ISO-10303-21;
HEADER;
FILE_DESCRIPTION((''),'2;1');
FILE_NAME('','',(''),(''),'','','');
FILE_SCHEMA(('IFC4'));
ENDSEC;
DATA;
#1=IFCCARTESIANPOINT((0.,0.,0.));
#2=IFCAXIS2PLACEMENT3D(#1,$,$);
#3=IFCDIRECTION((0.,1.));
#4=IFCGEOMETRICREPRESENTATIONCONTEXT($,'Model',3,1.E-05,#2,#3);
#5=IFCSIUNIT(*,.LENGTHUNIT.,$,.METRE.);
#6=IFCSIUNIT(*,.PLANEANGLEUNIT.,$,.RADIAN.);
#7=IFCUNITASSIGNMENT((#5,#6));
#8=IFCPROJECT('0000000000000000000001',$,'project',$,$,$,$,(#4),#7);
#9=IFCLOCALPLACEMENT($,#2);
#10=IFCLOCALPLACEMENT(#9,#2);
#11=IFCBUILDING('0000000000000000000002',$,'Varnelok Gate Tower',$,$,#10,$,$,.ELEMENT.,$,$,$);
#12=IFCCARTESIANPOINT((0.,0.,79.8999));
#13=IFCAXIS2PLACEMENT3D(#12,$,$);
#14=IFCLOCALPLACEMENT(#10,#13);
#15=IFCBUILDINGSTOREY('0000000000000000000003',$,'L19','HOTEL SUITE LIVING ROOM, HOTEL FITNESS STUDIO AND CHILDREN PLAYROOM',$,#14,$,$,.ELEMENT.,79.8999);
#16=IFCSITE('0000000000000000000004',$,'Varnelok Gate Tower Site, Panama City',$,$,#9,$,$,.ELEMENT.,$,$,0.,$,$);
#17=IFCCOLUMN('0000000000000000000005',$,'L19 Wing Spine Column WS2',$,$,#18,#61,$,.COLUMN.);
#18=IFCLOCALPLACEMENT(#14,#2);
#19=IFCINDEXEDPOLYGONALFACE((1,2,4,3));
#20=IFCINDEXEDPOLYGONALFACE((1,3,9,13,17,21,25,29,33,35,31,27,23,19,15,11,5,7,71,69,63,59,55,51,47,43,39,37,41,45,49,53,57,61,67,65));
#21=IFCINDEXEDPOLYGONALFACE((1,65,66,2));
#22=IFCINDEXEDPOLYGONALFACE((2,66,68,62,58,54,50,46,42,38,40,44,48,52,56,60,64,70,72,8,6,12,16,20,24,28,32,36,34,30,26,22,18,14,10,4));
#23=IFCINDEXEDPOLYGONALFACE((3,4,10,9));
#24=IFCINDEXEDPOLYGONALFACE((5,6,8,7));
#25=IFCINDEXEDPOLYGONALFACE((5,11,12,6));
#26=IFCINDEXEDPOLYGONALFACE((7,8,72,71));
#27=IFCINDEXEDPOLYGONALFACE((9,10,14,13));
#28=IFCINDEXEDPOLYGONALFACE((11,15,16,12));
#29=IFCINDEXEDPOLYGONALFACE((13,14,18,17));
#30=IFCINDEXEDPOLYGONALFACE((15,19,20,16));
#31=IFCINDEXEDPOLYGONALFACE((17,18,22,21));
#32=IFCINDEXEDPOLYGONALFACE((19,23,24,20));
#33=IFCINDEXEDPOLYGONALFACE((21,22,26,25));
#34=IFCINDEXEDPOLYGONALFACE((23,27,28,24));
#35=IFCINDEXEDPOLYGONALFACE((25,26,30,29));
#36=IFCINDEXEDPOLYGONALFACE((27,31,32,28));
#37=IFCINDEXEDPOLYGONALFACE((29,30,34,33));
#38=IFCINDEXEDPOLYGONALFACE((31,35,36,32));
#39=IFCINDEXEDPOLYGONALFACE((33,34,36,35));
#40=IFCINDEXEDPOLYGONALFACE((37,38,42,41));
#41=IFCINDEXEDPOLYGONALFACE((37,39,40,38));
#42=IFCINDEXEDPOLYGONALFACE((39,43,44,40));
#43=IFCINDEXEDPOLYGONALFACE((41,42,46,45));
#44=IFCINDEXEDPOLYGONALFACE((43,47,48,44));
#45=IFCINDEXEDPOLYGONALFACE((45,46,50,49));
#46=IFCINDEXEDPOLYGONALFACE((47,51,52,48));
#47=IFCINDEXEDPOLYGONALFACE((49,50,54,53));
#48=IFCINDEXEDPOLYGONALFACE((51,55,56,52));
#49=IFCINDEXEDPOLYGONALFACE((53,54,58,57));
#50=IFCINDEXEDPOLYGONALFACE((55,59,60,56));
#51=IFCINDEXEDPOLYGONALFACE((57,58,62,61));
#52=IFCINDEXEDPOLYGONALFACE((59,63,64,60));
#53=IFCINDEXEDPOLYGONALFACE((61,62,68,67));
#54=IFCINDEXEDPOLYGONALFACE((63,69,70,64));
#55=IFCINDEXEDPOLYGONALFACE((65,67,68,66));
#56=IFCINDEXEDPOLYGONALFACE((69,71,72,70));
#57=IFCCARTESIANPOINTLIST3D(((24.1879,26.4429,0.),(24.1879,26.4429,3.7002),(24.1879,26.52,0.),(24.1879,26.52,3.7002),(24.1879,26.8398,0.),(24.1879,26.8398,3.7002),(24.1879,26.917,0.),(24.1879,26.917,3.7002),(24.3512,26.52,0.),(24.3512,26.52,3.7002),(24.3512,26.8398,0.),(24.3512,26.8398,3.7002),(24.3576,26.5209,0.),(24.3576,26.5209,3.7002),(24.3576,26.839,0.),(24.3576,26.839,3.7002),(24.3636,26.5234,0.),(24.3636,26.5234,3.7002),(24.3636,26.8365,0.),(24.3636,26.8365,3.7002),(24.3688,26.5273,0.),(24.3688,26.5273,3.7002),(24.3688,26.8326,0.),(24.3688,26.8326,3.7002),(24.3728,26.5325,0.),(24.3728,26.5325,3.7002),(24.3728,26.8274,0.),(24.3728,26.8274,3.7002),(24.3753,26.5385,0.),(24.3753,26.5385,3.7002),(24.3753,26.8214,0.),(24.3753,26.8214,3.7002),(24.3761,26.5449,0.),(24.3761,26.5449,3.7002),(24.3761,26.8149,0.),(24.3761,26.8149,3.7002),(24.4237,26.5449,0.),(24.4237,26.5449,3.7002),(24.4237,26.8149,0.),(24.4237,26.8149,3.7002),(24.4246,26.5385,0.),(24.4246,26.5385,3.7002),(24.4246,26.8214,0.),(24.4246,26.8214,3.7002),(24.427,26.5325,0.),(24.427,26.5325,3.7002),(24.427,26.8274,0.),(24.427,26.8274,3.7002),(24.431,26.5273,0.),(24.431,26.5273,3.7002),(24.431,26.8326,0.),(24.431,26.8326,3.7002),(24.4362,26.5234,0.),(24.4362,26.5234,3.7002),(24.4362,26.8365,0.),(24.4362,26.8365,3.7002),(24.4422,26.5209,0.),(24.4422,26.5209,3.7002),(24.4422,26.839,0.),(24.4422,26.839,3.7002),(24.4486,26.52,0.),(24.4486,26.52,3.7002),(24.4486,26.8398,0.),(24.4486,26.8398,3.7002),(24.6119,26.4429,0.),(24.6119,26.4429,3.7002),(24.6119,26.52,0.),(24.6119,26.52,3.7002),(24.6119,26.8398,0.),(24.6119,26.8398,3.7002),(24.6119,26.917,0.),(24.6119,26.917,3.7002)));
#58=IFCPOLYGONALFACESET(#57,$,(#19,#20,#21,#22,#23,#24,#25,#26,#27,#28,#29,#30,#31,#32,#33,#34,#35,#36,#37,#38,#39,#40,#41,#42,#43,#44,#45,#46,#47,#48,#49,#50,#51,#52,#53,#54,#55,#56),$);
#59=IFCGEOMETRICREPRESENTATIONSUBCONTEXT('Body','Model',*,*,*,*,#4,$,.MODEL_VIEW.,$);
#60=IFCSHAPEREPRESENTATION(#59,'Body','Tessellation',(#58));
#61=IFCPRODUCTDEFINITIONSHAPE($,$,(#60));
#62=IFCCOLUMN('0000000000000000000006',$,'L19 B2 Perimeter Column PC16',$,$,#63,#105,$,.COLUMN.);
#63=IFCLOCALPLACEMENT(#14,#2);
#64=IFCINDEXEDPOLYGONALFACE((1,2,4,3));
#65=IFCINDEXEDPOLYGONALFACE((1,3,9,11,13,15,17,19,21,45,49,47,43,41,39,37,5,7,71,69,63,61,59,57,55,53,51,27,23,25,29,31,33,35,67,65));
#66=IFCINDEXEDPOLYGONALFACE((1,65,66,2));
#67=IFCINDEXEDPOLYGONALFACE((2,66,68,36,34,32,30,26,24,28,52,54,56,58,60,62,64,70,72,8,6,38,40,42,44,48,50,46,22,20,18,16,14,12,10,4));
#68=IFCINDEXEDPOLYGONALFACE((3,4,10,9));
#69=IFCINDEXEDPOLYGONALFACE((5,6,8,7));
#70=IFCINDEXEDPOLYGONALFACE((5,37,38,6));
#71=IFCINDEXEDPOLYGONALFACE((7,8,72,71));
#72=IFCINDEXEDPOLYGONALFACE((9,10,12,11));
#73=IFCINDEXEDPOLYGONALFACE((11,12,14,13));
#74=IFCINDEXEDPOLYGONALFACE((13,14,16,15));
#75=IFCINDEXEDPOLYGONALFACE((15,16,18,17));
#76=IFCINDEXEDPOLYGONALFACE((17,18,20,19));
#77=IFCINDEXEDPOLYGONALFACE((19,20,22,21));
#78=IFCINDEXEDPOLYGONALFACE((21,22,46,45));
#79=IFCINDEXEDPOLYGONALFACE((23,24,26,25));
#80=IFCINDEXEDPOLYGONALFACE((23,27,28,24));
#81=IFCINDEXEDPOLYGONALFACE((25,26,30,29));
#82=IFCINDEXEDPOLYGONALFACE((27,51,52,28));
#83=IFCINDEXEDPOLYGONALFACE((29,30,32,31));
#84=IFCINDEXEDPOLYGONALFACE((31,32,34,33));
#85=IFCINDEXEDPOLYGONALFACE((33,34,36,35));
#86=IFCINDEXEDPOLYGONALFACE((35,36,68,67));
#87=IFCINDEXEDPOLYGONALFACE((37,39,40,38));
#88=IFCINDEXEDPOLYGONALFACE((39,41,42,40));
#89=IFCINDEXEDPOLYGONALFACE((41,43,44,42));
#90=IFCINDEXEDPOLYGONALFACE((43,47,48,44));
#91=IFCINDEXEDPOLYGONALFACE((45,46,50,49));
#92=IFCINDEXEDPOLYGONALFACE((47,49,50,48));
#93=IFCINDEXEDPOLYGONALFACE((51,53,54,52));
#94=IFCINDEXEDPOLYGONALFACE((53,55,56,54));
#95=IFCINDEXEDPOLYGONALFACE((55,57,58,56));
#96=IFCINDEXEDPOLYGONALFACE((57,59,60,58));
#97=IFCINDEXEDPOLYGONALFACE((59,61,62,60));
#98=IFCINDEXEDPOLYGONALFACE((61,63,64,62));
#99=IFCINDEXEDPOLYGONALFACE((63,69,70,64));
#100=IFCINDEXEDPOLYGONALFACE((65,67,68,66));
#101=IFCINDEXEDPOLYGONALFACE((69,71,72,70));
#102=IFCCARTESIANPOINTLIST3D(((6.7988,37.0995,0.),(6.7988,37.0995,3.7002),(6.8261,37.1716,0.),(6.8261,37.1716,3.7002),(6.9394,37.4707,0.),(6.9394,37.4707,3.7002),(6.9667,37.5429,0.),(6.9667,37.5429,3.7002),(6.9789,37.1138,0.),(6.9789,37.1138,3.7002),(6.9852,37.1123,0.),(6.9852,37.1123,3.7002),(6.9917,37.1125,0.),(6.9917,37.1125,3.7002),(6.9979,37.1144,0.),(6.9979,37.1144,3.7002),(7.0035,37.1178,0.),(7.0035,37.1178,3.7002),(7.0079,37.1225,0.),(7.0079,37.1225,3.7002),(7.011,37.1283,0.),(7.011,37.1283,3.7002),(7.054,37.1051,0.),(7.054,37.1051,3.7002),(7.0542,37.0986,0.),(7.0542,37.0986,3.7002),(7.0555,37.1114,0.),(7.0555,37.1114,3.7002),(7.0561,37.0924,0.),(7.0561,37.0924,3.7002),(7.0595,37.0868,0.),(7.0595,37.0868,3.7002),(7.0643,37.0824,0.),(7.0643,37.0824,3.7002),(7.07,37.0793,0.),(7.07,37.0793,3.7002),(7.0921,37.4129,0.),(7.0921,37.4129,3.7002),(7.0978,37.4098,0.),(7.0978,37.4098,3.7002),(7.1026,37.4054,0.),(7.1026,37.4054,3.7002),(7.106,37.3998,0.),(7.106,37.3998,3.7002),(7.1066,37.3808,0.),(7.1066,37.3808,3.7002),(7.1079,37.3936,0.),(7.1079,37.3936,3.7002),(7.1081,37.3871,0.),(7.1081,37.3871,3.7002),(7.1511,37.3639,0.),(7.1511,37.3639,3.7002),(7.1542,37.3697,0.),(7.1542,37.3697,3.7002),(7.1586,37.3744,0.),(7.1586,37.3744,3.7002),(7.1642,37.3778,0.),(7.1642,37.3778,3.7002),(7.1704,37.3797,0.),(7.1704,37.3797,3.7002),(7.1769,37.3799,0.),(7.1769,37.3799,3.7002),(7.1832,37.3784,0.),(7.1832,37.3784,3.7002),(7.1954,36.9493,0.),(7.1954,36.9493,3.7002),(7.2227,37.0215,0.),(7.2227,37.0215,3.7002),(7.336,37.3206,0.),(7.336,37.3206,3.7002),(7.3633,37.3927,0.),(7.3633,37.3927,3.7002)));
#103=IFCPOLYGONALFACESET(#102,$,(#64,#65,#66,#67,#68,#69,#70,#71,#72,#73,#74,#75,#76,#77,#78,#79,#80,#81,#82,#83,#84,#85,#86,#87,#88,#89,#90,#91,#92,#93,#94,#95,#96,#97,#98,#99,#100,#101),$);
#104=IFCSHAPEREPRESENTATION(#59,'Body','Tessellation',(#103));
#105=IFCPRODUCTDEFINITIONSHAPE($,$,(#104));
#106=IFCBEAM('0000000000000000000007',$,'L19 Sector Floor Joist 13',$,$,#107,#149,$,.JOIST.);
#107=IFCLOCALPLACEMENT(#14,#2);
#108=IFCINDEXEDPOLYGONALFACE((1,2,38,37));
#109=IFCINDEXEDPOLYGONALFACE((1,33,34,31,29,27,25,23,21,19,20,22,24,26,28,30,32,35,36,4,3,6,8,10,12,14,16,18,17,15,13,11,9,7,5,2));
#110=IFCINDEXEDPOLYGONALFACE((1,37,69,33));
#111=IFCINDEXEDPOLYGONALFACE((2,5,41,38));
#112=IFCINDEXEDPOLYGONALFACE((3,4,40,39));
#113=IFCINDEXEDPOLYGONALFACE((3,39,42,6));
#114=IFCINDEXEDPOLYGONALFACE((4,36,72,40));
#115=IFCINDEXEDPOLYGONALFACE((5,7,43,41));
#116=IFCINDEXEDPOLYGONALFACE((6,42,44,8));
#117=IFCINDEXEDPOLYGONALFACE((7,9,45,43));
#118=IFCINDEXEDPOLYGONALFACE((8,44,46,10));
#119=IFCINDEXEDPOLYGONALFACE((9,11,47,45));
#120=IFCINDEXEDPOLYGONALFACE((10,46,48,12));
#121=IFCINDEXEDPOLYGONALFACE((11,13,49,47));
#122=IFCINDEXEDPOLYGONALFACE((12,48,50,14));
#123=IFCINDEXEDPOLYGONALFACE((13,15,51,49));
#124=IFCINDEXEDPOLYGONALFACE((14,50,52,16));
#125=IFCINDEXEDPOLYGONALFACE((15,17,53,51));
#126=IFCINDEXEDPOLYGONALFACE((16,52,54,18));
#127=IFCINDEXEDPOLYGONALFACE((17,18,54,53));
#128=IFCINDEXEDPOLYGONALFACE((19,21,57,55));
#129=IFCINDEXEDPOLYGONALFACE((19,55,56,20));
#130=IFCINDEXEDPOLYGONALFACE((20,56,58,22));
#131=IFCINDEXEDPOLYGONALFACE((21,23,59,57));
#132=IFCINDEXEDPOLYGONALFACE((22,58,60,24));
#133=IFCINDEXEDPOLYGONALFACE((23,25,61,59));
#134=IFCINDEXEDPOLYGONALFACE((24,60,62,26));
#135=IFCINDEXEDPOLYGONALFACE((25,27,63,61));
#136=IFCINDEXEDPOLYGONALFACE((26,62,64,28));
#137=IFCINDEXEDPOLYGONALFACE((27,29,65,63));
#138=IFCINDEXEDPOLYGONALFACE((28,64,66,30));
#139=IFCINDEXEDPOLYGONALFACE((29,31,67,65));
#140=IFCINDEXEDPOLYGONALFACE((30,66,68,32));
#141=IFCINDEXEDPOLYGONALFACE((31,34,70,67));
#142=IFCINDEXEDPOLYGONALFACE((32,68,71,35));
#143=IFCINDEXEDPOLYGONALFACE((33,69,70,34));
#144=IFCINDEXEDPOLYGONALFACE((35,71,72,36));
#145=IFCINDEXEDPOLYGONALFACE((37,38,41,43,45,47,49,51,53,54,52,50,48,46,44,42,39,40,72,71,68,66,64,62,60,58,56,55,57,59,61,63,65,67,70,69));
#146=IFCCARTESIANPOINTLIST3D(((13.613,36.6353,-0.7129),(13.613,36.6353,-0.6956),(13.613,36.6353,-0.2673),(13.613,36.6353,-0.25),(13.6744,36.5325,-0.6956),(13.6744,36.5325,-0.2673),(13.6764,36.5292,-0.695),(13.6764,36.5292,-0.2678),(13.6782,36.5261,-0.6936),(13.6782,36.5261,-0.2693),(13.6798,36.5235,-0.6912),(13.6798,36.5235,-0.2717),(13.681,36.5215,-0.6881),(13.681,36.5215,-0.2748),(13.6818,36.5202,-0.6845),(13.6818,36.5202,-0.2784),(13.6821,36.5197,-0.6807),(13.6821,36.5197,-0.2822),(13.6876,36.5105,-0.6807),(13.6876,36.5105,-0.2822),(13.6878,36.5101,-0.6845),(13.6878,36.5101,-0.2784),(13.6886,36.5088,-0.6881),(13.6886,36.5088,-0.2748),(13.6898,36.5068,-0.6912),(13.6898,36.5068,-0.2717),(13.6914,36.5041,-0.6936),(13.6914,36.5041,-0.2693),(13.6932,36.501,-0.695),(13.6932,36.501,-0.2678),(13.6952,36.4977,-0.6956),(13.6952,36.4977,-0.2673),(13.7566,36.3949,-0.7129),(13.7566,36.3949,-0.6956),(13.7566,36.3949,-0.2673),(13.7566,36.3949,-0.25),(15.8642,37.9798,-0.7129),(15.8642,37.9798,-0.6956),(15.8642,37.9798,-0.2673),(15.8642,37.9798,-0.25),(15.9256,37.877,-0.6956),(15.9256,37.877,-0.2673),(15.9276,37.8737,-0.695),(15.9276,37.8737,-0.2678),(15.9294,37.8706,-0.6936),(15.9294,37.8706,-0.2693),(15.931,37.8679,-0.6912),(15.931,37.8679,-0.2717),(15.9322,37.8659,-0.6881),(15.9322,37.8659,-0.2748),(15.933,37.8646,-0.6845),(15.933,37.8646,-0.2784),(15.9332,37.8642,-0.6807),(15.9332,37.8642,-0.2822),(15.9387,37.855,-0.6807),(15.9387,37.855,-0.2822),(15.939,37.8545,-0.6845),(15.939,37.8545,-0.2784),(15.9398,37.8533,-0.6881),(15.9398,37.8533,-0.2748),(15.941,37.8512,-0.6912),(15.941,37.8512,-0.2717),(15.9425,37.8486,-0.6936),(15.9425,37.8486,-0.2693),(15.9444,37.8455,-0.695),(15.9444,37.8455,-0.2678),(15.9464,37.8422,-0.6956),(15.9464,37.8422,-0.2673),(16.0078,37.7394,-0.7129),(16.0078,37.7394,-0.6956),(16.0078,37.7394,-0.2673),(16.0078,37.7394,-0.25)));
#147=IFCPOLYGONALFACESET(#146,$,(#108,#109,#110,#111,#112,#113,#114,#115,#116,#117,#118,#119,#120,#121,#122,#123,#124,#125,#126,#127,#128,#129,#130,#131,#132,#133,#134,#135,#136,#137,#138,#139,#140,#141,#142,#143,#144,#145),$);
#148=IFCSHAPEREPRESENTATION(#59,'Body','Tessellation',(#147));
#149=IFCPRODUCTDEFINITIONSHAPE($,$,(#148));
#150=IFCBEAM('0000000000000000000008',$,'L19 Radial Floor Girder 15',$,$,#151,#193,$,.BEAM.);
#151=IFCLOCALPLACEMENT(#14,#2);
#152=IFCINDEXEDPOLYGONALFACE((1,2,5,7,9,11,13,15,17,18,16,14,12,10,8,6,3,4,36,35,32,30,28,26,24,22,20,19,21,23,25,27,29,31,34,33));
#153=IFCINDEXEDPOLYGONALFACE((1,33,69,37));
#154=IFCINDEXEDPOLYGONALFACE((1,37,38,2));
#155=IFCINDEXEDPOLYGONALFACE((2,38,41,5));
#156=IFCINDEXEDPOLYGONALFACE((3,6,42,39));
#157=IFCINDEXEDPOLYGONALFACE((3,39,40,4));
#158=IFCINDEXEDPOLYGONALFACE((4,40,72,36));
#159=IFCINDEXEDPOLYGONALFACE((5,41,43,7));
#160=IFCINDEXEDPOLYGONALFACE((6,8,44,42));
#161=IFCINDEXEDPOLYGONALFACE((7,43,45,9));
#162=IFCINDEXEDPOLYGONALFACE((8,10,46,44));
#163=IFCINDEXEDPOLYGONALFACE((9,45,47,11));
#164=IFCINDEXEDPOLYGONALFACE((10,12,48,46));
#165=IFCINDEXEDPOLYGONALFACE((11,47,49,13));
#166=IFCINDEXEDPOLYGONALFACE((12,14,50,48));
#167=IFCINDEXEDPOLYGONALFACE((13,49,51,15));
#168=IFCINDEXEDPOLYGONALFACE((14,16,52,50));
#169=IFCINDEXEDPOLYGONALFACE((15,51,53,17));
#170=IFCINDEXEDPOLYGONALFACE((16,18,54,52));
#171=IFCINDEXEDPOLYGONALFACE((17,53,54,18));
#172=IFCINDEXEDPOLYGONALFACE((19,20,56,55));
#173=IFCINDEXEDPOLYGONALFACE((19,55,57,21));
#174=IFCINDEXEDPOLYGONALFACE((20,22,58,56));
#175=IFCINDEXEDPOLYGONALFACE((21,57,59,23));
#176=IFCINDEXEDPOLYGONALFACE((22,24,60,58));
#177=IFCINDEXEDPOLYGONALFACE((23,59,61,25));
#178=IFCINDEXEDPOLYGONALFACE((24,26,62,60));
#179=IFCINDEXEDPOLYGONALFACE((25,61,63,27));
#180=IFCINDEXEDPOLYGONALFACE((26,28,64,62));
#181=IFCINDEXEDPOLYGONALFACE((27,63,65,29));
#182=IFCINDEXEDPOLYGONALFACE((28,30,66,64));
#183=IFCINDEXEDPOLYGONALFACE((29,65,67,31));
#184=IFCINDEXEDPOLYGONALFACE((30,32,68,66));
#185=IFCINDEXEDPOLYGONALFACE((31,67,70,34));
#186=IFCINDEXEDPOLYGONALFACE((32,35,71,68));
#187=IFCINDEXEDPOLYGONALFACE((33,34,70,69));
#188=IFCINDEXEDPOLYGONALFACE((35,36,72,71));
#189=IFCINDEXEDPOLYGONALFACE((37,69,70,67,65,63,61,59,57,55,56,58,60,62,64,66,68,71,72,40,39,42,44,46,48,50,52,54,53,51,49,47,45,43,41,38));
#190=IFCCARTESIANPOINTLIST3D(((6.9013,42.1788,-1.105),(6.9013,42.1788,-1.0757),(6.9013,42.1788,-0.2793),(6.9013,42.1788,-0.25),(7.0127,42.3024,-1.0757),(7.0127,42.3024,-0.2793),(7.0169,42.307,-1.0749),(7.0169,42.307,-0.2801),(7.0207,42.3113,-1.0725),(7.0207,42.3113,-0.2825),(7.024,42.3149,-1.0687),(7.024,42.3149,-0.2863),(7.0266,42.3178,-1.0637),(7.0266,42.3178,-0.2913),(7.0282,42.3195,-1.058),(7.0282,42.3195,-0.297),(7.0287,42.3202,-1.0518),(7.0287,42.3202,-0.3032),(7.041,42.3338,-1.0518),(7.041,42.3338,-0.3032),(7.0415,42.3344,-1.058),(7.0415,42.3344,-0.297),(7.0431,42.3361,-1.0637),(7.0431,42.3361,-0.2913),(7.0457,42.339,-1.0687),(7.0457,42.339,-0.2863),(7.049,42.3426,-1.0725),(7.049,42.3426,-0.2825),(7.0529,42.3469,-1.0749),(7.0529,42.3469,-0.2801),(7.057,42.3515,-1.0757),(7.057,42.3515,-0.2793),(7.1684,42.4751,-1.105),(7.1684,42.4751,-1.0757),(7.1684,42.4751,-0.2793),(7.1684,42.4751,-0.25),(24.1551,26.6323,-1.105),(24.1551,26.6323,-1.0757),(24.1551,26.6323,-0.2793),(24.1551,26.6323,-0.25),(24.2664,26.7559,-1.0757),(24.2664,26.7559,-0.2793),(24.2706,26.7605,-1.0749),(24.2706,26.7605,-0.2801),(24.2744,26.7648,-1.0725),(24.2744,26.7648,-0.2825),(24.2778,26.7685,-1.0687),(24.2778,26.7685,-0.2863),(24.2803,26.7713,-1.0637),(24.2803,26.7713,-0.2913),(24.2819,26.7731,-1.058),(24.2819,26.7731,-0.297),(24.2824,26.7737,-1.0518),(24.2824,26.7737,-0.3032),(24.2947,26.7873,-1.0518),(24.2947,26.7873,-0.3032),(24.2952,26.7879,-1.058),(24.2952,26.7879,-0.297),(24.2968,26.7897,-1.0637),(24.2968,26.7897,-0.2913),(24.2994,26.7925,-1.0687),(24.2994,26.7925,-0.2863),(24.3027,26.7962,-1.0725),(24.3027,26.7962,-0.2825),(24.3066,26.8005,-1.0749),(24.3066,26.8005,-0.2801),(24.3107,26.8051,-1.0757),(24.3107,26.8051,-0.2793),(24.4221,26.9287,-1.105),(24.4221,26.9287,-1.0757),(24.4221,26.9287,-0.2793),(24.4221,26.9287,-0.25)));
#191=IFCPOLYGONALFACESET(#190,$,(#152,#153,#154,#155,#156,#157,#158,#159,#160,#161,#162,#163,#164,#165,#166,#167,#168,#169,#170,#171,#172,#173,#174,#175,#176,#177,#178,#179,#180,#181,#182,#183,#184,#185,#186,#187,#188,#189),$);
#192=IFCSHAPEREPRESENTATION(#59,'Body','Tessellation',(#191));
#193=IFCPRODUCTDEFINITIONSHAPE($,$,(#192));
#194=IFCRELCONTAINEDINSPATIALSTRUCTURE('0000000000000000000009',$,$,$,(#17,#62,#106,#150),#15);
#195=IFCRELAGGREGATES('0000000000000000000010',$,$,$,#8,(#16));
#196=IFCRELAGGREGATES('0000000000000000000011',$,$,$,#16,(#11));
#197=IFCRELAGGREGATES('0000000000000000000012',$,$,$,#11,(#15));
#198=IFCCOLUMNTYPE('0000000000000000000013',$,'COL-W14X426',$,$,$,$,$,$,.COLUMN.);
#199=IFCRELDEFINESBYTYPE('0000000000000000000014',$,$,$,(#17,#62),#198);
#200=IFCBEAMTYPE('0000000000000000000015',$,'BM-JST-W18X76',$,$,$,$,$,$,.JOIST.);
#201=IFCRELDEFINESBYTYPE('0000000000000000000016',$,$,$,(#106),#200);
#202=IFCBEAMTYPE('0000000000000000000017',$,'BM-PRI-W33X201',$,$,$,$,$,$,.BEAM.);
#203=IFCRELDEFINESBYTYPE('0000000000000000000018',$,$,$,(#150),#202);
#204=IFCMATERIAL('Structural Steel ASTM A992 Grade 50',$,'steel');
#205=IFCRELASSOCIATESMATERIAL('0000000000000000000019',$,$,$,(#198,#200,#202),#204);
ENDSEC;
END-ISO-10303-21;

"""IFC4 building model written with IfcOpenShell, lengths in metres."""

from ifc_helpers import new_model, si_unit, direction, frame, origin, origin_2d, place, context, subcontext, project, spatial, i_section, extrude, material, material_profile, profile_set, type_object, element, save


model = new_model("IFC4")

# Units and contexts
model_context = context("Model", 3, precision=1e-05, world=origin(), true_north=direction((0.0, 1.0)))
body_context = subcontext(model_context, "Body", "Model", "MODEL_VIEW")
ifc_project = project(units=[si_unit("LENGTHUNIT", "METRE"), si_unit("PLANEANGLEUNIT", "RADIAN")], contexts=[model_context])

# Site, building, storey
site_placement = place(None, origin())
site = spatial("IfcSite", under=ifc_project, at=site_placement, Name="Varnelok Gate Tower Site, Panama City", CompositionType="ELEMENT", RefElevation=0.0)
building_placement = place(site_placement, origin())
building = spatial("IfcBuilding", under=site, at=building_placement, Name="Varnelok Gate Tower", CompositionType="ELEMENT")
storey_placement = place(building_placement, frame((0.0, 0.0, 79.8999)))
storey = spatial("IfcBuildingStorey", under=building, at=storey_placement, Name="L19", Description="HOTEL SUITE LIVING ROOM, HOTEL FITNESS STUDIO AND CHILDREN PLAYROOM", CompositionType="ELEMENT", Elevation=79.8999)

# Columns
ifc_material_1 = material(Name="Structural Steel ASTM A992 Grade 50", Category="steel")
ifc_material_profile_1 = material_profile(ifc_material_1, i_section(OverallWidth=0.4241, OverallDepth=0.4741, WebThickness=0.0476, FlangeThickness=0.0771, FilletRadius=0.0249, at=origin_2d()), Name="W14X426")
ifc_profile_set_1 = profile_set([ifc_material_profile_1], Name="Structural Steel ASTM A992 Grade 50")
column_type = type_object("IfcColumnType", Name="COL-W14X426", PredefinedType="COLUMN", material=ifc_profile_set_1)
for number, where, z_axis, x_axis, name in (
    (1, (24.3999, 26.6799, 0.0), (0.0, 0.0, 1.0), (1.0, 0.0, 0.0), "L19 Wing Spine Column WS2"),
    (2, (7.0811, 37.2461, 0.0), (0.0, 0.0, 1.0), (0.935222, -0.354063, 0.0), "L19 B2 Perimeter Column PC16"),
):
    element("IfcColumn", number, at=place(storey_placement, frame(where, z_axis=z_axis, x_axis=x_axis)), inside=storey, type_object=column_type, Name=name, PredefinedType="COLUMN", context=body_context, shape_type="SweptSolid", body=[
        extrude(i_section(OverallWidth=0.4241, OverallDepth=0.4741, WebThickness=0.0476, FlangeThickness=0.0771, FilletRadius=0.0249, at=origin_2d()), origin(), (0.0, 0.0, 1.0), 3.7002),
    ])

# Beams
ifc_material_profile_2 = material_profile(ifc_material_1, i_section(OverallWidth=0.28, OverallDepth=0.4629, WebThickness=0.0107, FlangeThickness=0.0173, FilletRadius=0.0149, at=origin_2d()), Name="W18X76")
ifc_profile_set_2 = profile_set([ifc_material_profile_2], Name="Structural Steel ASTM A992 Grade 50")
beam_type_1 = type_object("IfcBeamType", Name="BM-JST-W18X76", PredefinedType="JOIST", material=ifc_profile_set_2)
beam_1_placement = place(storey_placement, frame((13.6848, 36.5151, -0.4814), z_axis=(0.858543, 0.512742, 0.0), x_axis=(-0.512742, 0.858543, 0.0)))
element("IfcBeam", 3, at=beam_1_placement, inside=storey, type_object=beam_type_1, Name="L19 Sector Floor Joist 13", PredefinedType="JOIST", context=body_context, shape_type="SweptSolid", body=[
    extrude(i_section(OverallWidth=0.28, OverallDepth=0.4629, WebThickness=0.0107, FlangeThickness=0.0173, FilletRadius=0.0149, at=origin_2d()), origin(), (0.0, 0.0, 1.0), 2.6221),
])
ifc_material_profile_3 = material_profile(ifc_material_1, i_section(OverallWidth=0.3989, OverallDepth=0.855, WebThickness=0.0183, FlangeThickness=0.0293, FilletRadius=0.0239, at=origin_2d()), Name="W33X201")
ifc_profile_set_3 = profile_set([ifc_material_profile_3], Name="Structural Steel ASTM A992 Grade 50")
beam_type_2 = type_object("IfcBeamType", Name="BM-PRI-W33X201", PredefinedType="BEAM", material=ifc_profile_set_3)
beam_2_placement = place(storey_placement, frame((24.2886, 26.7805, -0.6775), z_axis=(-0.742907, 0.669395, 0.0), x_axis=(-0.669395, -0.742907, 0.0)))
element("IfcBeam", 4, at=beam_2_placement, inside=storey, type_object=beam_type_2, Name="L19 Radial Floor Girder 15", PredefinedType="BEAM", context=body_context, shape_type="SweptSolid", body=[
    extrude(i_section(OverallWidth=0.3989, OverallDepth=0.855, WebThickness=0.0183, FlangeThickness=0.0293, FilletRadius=0.0239, at=origin_2d()), origin(), (0.0, 0.0, 1.0), 23.2246),
])

save(model, "model.ifc")
